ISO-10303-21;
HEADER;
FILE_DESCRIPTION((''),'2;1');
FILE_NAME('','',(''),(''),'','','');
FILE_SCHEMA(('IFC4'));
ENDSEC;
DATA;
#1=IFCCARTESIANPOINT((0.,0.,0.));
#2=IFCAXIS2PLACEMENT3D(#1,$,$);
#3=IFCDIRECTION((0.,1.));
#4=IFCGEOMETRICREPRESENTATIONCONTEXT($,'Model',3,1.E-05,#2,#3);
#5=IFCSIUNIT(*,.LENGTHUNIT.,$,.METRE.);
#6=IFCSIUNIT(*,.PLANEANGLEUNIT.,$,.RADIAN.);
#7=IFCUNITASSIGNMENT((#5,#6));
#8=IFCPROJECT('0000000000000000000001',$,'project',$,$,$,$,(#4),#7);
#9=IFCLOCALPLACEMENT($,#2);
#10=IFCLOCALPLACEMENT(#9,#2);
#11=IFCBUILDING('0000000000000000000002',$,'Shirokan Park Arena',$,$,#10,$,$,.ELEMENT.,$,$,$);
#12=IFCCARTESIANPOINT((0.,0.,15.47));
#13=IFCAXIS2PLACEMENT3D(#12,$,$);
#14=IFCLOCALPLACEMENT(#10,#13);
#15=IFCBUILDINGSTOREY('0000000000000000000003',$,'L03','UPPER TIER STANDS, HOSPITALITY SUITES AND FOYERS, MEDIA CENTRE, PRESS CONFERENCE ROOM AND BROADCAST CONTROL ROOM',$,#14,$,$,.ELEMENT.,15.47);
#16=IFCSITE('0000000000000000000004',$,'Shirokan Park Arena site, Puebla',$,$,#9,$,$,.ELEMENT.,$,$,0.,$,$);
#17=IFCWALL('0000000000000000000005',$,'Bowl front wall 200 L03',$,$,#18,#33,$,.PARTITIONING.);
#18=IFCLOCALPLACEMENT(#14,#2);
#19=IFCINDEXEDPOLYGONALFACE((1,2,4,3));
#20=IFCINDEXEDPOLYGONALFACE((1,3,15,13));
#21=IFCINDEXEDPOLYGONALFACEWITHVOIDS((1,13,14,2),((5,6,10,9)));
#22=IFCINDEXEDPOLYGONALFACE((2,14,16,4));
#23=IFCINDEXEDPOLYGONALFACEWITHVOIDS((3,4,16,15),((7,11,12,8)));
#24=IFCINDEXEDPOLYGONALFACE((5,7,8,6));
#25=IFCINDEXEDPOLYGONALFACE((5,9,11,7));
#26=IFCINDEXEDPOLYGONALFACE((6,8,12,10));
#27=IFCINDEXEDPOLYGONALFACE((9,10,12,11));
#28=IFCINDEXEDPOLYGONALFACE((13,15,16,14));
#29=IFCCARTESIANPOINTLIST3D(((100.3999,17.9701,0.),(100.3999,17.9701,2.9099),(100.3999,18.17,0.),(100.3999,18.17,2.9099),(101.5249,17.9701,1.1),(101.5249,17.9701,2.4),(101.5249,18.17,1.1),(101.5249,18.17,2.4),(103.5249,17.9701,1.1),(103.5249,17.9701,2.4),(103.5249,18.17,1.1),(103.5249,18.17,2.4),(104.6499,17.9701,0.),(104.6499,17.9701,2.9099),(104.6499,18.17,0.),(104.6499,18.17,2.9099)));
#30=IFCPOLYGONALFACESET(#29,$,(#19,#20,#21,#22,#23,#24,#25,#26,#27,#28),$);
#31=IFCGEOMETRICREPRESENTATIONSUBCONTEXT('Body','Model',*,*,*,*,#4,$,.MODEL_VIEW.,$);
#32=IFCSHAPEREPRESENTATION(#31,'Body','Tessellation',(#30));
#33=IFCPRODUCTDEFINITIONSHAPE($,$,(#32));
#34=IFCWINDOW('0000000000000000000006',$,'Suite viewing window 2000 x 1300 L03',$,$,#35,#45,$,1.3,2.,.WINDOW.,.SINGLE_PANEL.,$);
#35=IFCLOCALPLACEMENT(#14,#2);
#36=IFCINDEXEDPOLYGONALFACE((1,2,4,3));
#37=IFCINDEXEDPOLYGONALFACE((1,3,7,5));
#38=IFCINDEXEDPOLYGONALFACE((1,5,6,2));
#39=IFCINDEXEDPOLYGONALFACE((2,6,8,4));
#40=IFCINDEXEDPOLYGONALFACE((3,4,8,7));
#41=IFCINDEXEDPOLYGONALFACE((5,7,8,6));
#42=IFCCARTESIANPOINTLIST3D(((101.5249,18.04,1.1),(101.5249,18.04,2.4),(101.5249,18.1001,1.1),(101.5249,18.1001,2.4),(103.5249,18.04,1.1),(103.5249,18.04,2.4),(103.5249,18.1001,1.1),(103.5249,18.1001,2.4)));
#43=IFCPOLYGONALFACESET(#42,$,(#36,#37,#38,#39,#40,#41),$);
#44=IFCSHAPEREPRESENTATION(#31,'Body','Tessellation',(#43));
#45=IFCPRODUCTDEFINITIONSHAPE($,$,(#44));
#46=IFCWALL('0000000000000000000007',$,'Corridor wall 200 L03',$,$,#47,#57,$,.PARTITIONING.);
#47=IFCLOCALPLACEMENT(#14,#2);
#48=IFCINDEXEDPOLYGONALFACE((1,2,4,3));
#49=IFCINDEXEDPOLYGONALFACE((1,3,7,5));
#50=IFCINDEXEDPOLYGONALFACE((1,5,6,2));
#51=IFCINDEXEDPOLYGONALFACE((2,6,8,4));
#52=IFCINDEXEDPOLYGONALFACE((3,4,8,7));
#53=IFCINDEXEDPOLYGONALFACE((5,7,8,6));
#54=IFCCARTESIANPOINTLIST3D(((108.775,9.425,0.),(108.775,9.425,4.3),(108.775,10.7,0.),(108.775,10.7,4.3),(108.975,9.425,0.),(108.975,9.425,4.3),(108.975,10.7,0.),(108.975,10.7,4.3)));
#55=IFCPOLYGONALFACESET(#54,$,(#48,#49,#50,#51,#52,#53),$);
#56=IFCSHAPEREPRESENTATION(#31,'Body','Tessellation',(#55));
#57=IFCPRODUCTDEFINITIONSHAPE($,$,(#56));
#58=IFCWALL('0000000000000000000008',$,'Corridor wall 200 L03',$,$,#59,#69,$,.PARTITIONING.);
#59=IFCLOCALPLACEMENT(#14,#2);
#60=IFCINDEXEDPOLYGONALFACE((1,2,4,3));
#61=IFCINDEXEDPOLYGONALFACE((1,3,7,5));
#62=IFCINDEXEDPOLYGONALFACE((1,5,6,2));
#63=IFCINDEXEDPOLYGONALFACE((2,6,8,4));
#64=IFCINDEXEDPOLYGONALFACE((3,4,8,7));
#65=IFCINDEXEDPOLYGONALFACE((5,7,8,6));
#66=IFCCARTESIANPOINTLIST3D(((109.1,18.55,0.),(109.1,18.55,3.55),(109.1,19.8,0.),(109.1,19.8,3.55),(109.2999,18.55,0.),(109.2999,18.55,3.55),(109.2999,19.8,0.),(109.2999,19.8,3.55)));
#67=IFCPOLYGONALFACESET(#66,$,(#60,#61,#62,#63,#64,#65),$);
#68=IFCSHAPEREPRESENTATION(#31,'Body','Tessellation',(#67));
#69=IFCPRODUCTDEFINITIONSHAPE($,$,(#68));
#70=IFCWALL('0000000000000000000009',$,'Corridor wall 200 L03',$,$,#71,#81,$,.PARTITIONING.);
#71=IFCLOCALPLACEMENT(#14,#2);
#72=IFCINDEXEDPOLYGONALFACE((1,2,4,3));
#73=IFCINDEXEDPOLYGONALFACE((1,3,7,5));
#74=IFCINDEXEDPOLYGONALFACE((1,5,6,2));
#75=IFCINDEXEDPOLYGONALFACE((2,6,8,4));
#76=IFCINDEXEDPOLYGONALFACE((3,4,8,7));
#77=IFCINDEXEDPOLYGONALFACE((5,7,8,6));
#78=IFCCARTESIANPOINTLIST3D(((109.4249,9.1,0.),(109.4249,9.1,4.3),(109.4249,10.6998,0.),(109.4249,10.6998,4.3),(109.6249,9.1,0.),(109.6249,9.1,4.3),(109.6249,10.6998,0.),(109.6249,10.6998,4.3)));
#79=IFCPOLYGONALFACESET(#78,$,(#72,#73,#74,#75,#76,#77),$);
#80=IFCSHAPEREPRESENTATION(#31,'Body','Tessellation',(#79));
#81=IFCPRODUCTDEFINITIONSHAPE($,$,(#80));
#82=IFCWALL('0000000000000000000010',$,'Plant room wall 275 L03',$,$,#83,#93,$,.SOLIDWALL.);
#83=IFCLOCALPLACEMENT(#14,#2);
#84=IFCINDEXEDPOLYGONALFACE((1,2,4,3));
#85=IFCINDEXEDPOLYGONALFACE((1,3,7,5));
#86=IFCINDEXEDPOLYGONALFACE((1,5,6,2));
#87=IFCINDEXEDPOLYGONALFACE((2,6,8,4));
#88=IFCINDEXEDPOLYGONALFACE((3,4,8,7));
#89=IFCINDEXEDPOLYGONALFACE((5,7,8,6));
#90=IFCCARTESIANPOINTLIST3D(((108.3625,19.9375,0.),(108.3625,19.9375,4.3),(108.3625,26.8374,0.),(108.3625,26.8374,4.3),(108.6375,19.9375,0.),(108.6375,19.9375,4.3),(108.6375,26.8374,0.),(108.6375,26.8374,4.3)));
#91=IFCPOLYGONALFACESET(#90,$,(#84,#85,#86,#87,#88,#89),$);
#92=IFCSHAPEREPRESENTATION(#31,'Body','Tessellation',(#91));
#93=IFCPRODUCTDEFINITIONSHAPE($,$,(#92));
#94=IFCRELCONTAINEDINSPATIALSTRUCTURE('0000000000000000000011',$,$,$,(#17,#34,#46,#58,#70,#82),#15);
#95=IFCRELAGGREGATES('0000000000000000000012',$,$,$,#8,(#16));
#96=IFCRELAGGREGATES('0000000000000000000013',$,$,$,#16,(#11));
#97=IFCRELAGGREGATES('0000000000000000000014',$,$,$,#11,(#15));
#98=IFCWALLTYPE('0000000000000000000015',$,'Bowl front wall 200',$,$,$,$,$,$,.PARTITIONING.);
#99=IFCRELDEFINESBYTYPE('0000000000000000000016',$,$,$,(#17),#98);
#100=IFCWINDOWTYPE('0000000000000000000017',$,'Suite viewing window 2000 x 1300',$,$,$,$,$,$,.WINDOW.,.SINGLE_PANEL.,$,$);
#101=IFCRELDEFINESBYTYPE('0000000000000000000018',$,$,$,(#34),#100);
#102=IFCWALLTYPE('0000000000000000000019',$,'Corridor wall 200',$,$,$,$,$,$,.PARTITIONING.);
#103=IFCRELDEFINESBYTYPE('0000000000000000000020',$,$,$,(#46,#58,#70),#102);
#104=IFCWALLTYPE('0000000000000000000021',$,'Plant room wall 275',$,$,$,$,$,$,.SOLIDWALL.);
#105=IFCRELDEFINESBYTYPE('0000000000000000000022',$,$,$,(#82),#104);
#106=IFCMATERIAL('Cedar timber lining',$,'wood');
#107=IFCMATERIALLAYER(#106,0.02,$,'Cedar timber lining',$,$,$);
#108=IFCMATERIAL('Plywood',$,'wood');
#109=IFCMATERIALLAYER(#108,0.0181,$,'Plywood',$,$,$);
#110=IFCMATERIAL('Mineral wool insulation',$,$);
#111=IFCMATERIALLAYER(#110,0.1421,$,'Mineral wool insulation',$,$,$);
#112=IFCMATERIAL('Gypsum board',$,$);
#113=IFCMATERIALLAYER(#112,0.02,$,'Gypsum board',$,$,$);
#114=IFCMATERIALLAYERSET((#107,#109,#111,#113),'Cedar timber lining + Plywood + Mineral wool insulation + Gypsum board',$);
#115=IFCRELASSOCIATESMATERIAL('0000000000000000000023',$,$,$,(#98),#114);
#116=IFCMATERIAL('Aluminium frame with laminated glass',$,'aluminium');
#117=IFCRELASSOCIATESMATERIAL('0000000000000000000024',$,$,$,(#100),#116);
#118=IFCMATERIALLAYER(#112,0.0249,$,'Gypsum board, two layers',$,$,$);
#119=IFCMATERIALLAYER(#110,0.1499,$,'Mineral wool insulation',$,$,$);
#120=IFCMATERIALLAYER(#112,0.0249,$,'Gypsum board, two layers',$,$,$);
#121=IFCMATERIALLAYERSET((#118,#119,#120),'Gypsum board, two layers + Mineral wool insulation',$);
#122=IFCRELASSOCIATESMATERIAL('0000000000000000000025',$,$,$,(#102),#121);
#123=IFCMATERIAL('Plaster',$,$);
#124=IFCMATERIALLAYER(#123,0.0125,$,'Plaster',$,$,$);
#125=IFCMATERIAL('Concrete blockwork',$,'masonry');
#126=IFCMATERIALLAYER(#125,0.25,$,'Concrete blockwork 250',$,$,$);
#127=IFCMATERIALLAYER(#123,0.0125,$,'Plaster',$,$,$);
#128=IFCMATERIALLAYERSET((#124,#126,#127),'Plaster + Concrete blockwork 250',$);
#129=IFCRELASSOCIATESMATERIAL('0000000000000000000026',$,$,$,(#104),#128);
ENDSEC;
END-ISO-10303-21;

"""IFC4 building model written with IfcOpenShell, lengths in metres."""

from ifc_helpers import new_model, si_unit, direction, frame, frame_2d, origin, place, context, subcontext, project, spatial, rectangle, extrude, material, layer, layer_set, type_object, element, fill, save


model = new_model("IFC4")

# Units and contexts
model_context = context("Model", 3, precision=1e-05, world=origin(), true_north=direction((0.0, 1.0)))
body_context = subcontext(model_context, "Body", "Model", "MODEL_VIEW")
ifc_project = project(units=[si_unit("LENGTHUNIT", "METRE"), si_unit("PLANEANGLEUNIT", "RADIAN")], contexts=[model_context])

# Site, building, storey
site_placement = place(None, origin())
site = spatial("IfcSite", under=ifc_project, at=site_placement, Name="Shirokan Park Arena site, Puebla", CompositionType="ELEMENT", RefElevation=0.0)
building_placement = place(site_placement, origin())
building = spatial("IfcBuilding", under=site, at=building_placement, Name="Shirokan Park Arena", CompositionType="ELEMENT")
storey_placement = place(building_placement, frame((0.0, 0.0, 15.47)))
storey = spatial("IfcBuildingStorey", under=building, at=storey_placement, Name="L03", Description="UPPER TIER STANDS, HOSPITALITY SUITES AND FOYERS, MEDIA CENTRE, PRESS CONFERENCE ROOM AND BROADCAST CONTROL ROOM", CompositionType="ELEMENT", Elevation=15.47)

# Wall, opening, window
ifc_material_1 = material(Name="Cedar timber lining", Category="wood")
ifc_layer_1 = layer(ifc_material_1, 0.02, Name="Cedar timber lining")
ifc_material_2 = material(Name="Plywood", Category="wood")
ifc_layer_2 = layer(ifc_material_2, 0.0181, Name="Plywood")
ifc_material_3 = material(Name="Mineral wool insulation")
ifc_layer_3 = layer(ifc_material_3, 0.1421, Name="Mineral wool insulation")
ifc_material_4 = material(Name="Gypsum board")
ifc_layer_4 = layer(ifc_material_4, 0.02, Name="Gypsum board")
ifc_layer_set_1 = layer_set([ifc_layer_1, ifc_layer_2, ifc_layer_3, ifc_layer_4], Name="Cedar timber lining + Plywood + Mineral wool insulation + Gypsum board")
wall_type_1 = type_object("IfcWallType", Name="Bowl front wall 200", PredefinedType="PARTITIONING", material=ifc_layer_set_1)
wall_1_placement = place(storey_placement, frame((100.3999, 18.0701, 0.0), z_axis=(0.0, 0.0, 1.0), x_axis=(1.0, 0.0, 0.0)))
wall_1 = element("IfcWall", 1, at=wall_1_placement, inside=storey, type_object=wall_type_1, Name="Bowl front wall 200 L03", PredefinedType="PARTITIONING", context=body_context, shape_type="SweptSolid", body=[
    extrude(rectangle(XDim=4.25, YDim=0.2, at=frame_2d((2.125, 0.0))), origin(), (0.0, 0.0, 1.0), 2.9099),
])
opening_1_placement = place(wall_1_placement, frame((1.125, 0.0, 1.1001)))
opening_1 = element("IfcOpeningElement", 2, at=opening_1_placement, cuts=wall_1, PredefinedType="OPENING", context=body_context, shape_type="SweptSolid", body=[
    extrude(rectangle(XDim=2.0, YDim=1.3, at=frame_2d((1.0, 0.6499))), frame((0.0, 0.1099, 0.0), z_axis=(0.0, -1.0, 0.0), x_axis=(1.0, 0.0, 0.0)), (0.0, 0.0, 1.0), 0.22),
])
ifc_material_5 = material(Name="Aluminium frame with laminated glass", Category="aluminium")
window_type = type_object("IfcWindowType", Name="Suite viewing window 2000 x 1300", PartitioningType="SINGLE_PANEL", PredefinedType="WINDOW", material=ifc_material_5)
window_placement = place(opening_1_placement, origin())
window = element("IfcWindow", 3, at=window_placement, inside=storey, type_object=window_type, Name="Suite viewing window 2000 x 1300 L03", OverallHeight=1.3, OverallWidth=2.0, PartitioningType="SINGLE_PANEL", PredefinedType="WINDOW", context=body_context, shape_type="SweptSolid", body=[
    extrude(rectangle(XDim=2.0, YDim=1.3, at=frame_2d((1.0, 0.6499))), frame((0.0, 0.03, 0.0), z_axis=(0.0, -1.0, 0.0), x_axis=(1.0, 0.0, 0.0)), (0.0, 0.0, 1.0), 0.0601),
])
fill(opening_1, window)

# Wall
ifc_layer_5 = layer(ifc_material_4, 0.0249, Name="Gypsum board, two layers")
ifc_layer_6 = layer(ifc_material_3, 0.1499, Name="Mineral wool insulation")
ifc_layer_7 = layer(ifc_material_4, 0.0249, Name="Gypsum board, two layers")
ifc_layer_set_2 = layer_set([ifc_layer_5, ifc_layer_6, ifc_layer_7], Name="Gypsum board, two layers + Mineral wool insulation")
wall_type_2 = type_object("IfcWallType", Name="Corridor wall 200", PredefinedType="PARTITIONING", material=ifc_layer_set_2)
wall_2_placement = place(storey_placement, frame((108.875, 9.425, 0.0), z_axis=(0.0, 0.0, 1.0), x_axis=(0.0, 1.0, 0.0)))
element("IfcWall", 4, at=wall_2_placement, inside=storey, type_object=wall_type_2, Name="Corridor wall 200 L03", PredefinedType="PARTITIONING", context=body_context, shape_type="SweptSolid", body=[
    extrude(rectangle(XDim=1.2749, YDim=0.2, at=frame_2d((0.6375, 0.0))), origin(), (0.0, 0.0, 1.0), 4.3),
])

# Walls
wall_3_placement = place(storey_placement, frame((109.2, 18.55, 0.0), z_axis=(0.0, 0.0, 1.0), x_axis=(0.0, 1.0, 0.0)))
element("IfcWall", 5, at=wall_3_placement, inside=storey, type_object=wall_type_2, Name="Corridor wall 200 L03", PredefinedType="PARTITIONING", context=body_context, shape_type="SweptSolid", body=[
    extrude(rectangle(XDim=1.25, YDim=0.2, at=frame_2d((0.625, 0.0))), origin(), (0.0, 0.0, 1.0), 3.55),
])
wall_4_placement = place(storey_placement, frame((109.5249, 9.1001, 0.0), z_axis=(0.0, 0.0, 1.0), x_axis=(0.0, 1.0, 0.0)))
element("IfcWall", 6, at=wall_4_placement, inside=storey, type_object=wall_type_2, Name="Corridor wall 200 L03", PredefinedType="PARTITIONING", context=body_context, shape_type="SweptSolid", body=[
    extrude(rectangle(XDim=1.5999, YDim=0.2, at=frame_2d((0.7998, 0.0))), origin(), (0.0, 0.0, 1.0), 4.3),
])

# Shared definitions
ifc_material_6 = material(Name="Plaster")
ifc_layer_8 = layer(ifc_material_6, 0.0125, Name="Plaster")
ifc_material_7 = material(Name="Concrete blockwork", Category="masonry")
ifc_layer_9 = layer(ifc_material_7, 0.25, Name="Concrete blockwork 250")
ifc_layer_10 = layer(ifc_material_6, 0.0125, Name="Plaster")
ifc_layer_set_3 = layer_set([ifc_layer_8, ifc_layer_9, ifc_layer_10], Name="Plaster + Concrete blockwork 250")
wall_type_3 = type_object("IfcWallType", Name="Plant room wall 275", PredefinedType="SOLIDWALL", material=ifc_layer_set_3)

# Wall
wall_5_placement = place(storey_placement, frame((108.5, 19.9375, 0.0), z_axis=(0.0, 0.0, 1.0), x_axis=(0.0, 1.0, 0.0)))
element("IfcWall", 7, at=wall_5_placement, inside=storey, type_object=wall_type_3, Name="Plant room wall 275 L03", PredefinedType="SOLIDWALL", context=body_context, shape_type="SweptSolid", body=[
    extrude(rectangle(XDim=6.8999, YDim=0.2749, at=frame_2d((3.45, 0.0))), origin(), (0.0, 0.0, 1.0), 4.3),
])

save(model, "model.ifc")
